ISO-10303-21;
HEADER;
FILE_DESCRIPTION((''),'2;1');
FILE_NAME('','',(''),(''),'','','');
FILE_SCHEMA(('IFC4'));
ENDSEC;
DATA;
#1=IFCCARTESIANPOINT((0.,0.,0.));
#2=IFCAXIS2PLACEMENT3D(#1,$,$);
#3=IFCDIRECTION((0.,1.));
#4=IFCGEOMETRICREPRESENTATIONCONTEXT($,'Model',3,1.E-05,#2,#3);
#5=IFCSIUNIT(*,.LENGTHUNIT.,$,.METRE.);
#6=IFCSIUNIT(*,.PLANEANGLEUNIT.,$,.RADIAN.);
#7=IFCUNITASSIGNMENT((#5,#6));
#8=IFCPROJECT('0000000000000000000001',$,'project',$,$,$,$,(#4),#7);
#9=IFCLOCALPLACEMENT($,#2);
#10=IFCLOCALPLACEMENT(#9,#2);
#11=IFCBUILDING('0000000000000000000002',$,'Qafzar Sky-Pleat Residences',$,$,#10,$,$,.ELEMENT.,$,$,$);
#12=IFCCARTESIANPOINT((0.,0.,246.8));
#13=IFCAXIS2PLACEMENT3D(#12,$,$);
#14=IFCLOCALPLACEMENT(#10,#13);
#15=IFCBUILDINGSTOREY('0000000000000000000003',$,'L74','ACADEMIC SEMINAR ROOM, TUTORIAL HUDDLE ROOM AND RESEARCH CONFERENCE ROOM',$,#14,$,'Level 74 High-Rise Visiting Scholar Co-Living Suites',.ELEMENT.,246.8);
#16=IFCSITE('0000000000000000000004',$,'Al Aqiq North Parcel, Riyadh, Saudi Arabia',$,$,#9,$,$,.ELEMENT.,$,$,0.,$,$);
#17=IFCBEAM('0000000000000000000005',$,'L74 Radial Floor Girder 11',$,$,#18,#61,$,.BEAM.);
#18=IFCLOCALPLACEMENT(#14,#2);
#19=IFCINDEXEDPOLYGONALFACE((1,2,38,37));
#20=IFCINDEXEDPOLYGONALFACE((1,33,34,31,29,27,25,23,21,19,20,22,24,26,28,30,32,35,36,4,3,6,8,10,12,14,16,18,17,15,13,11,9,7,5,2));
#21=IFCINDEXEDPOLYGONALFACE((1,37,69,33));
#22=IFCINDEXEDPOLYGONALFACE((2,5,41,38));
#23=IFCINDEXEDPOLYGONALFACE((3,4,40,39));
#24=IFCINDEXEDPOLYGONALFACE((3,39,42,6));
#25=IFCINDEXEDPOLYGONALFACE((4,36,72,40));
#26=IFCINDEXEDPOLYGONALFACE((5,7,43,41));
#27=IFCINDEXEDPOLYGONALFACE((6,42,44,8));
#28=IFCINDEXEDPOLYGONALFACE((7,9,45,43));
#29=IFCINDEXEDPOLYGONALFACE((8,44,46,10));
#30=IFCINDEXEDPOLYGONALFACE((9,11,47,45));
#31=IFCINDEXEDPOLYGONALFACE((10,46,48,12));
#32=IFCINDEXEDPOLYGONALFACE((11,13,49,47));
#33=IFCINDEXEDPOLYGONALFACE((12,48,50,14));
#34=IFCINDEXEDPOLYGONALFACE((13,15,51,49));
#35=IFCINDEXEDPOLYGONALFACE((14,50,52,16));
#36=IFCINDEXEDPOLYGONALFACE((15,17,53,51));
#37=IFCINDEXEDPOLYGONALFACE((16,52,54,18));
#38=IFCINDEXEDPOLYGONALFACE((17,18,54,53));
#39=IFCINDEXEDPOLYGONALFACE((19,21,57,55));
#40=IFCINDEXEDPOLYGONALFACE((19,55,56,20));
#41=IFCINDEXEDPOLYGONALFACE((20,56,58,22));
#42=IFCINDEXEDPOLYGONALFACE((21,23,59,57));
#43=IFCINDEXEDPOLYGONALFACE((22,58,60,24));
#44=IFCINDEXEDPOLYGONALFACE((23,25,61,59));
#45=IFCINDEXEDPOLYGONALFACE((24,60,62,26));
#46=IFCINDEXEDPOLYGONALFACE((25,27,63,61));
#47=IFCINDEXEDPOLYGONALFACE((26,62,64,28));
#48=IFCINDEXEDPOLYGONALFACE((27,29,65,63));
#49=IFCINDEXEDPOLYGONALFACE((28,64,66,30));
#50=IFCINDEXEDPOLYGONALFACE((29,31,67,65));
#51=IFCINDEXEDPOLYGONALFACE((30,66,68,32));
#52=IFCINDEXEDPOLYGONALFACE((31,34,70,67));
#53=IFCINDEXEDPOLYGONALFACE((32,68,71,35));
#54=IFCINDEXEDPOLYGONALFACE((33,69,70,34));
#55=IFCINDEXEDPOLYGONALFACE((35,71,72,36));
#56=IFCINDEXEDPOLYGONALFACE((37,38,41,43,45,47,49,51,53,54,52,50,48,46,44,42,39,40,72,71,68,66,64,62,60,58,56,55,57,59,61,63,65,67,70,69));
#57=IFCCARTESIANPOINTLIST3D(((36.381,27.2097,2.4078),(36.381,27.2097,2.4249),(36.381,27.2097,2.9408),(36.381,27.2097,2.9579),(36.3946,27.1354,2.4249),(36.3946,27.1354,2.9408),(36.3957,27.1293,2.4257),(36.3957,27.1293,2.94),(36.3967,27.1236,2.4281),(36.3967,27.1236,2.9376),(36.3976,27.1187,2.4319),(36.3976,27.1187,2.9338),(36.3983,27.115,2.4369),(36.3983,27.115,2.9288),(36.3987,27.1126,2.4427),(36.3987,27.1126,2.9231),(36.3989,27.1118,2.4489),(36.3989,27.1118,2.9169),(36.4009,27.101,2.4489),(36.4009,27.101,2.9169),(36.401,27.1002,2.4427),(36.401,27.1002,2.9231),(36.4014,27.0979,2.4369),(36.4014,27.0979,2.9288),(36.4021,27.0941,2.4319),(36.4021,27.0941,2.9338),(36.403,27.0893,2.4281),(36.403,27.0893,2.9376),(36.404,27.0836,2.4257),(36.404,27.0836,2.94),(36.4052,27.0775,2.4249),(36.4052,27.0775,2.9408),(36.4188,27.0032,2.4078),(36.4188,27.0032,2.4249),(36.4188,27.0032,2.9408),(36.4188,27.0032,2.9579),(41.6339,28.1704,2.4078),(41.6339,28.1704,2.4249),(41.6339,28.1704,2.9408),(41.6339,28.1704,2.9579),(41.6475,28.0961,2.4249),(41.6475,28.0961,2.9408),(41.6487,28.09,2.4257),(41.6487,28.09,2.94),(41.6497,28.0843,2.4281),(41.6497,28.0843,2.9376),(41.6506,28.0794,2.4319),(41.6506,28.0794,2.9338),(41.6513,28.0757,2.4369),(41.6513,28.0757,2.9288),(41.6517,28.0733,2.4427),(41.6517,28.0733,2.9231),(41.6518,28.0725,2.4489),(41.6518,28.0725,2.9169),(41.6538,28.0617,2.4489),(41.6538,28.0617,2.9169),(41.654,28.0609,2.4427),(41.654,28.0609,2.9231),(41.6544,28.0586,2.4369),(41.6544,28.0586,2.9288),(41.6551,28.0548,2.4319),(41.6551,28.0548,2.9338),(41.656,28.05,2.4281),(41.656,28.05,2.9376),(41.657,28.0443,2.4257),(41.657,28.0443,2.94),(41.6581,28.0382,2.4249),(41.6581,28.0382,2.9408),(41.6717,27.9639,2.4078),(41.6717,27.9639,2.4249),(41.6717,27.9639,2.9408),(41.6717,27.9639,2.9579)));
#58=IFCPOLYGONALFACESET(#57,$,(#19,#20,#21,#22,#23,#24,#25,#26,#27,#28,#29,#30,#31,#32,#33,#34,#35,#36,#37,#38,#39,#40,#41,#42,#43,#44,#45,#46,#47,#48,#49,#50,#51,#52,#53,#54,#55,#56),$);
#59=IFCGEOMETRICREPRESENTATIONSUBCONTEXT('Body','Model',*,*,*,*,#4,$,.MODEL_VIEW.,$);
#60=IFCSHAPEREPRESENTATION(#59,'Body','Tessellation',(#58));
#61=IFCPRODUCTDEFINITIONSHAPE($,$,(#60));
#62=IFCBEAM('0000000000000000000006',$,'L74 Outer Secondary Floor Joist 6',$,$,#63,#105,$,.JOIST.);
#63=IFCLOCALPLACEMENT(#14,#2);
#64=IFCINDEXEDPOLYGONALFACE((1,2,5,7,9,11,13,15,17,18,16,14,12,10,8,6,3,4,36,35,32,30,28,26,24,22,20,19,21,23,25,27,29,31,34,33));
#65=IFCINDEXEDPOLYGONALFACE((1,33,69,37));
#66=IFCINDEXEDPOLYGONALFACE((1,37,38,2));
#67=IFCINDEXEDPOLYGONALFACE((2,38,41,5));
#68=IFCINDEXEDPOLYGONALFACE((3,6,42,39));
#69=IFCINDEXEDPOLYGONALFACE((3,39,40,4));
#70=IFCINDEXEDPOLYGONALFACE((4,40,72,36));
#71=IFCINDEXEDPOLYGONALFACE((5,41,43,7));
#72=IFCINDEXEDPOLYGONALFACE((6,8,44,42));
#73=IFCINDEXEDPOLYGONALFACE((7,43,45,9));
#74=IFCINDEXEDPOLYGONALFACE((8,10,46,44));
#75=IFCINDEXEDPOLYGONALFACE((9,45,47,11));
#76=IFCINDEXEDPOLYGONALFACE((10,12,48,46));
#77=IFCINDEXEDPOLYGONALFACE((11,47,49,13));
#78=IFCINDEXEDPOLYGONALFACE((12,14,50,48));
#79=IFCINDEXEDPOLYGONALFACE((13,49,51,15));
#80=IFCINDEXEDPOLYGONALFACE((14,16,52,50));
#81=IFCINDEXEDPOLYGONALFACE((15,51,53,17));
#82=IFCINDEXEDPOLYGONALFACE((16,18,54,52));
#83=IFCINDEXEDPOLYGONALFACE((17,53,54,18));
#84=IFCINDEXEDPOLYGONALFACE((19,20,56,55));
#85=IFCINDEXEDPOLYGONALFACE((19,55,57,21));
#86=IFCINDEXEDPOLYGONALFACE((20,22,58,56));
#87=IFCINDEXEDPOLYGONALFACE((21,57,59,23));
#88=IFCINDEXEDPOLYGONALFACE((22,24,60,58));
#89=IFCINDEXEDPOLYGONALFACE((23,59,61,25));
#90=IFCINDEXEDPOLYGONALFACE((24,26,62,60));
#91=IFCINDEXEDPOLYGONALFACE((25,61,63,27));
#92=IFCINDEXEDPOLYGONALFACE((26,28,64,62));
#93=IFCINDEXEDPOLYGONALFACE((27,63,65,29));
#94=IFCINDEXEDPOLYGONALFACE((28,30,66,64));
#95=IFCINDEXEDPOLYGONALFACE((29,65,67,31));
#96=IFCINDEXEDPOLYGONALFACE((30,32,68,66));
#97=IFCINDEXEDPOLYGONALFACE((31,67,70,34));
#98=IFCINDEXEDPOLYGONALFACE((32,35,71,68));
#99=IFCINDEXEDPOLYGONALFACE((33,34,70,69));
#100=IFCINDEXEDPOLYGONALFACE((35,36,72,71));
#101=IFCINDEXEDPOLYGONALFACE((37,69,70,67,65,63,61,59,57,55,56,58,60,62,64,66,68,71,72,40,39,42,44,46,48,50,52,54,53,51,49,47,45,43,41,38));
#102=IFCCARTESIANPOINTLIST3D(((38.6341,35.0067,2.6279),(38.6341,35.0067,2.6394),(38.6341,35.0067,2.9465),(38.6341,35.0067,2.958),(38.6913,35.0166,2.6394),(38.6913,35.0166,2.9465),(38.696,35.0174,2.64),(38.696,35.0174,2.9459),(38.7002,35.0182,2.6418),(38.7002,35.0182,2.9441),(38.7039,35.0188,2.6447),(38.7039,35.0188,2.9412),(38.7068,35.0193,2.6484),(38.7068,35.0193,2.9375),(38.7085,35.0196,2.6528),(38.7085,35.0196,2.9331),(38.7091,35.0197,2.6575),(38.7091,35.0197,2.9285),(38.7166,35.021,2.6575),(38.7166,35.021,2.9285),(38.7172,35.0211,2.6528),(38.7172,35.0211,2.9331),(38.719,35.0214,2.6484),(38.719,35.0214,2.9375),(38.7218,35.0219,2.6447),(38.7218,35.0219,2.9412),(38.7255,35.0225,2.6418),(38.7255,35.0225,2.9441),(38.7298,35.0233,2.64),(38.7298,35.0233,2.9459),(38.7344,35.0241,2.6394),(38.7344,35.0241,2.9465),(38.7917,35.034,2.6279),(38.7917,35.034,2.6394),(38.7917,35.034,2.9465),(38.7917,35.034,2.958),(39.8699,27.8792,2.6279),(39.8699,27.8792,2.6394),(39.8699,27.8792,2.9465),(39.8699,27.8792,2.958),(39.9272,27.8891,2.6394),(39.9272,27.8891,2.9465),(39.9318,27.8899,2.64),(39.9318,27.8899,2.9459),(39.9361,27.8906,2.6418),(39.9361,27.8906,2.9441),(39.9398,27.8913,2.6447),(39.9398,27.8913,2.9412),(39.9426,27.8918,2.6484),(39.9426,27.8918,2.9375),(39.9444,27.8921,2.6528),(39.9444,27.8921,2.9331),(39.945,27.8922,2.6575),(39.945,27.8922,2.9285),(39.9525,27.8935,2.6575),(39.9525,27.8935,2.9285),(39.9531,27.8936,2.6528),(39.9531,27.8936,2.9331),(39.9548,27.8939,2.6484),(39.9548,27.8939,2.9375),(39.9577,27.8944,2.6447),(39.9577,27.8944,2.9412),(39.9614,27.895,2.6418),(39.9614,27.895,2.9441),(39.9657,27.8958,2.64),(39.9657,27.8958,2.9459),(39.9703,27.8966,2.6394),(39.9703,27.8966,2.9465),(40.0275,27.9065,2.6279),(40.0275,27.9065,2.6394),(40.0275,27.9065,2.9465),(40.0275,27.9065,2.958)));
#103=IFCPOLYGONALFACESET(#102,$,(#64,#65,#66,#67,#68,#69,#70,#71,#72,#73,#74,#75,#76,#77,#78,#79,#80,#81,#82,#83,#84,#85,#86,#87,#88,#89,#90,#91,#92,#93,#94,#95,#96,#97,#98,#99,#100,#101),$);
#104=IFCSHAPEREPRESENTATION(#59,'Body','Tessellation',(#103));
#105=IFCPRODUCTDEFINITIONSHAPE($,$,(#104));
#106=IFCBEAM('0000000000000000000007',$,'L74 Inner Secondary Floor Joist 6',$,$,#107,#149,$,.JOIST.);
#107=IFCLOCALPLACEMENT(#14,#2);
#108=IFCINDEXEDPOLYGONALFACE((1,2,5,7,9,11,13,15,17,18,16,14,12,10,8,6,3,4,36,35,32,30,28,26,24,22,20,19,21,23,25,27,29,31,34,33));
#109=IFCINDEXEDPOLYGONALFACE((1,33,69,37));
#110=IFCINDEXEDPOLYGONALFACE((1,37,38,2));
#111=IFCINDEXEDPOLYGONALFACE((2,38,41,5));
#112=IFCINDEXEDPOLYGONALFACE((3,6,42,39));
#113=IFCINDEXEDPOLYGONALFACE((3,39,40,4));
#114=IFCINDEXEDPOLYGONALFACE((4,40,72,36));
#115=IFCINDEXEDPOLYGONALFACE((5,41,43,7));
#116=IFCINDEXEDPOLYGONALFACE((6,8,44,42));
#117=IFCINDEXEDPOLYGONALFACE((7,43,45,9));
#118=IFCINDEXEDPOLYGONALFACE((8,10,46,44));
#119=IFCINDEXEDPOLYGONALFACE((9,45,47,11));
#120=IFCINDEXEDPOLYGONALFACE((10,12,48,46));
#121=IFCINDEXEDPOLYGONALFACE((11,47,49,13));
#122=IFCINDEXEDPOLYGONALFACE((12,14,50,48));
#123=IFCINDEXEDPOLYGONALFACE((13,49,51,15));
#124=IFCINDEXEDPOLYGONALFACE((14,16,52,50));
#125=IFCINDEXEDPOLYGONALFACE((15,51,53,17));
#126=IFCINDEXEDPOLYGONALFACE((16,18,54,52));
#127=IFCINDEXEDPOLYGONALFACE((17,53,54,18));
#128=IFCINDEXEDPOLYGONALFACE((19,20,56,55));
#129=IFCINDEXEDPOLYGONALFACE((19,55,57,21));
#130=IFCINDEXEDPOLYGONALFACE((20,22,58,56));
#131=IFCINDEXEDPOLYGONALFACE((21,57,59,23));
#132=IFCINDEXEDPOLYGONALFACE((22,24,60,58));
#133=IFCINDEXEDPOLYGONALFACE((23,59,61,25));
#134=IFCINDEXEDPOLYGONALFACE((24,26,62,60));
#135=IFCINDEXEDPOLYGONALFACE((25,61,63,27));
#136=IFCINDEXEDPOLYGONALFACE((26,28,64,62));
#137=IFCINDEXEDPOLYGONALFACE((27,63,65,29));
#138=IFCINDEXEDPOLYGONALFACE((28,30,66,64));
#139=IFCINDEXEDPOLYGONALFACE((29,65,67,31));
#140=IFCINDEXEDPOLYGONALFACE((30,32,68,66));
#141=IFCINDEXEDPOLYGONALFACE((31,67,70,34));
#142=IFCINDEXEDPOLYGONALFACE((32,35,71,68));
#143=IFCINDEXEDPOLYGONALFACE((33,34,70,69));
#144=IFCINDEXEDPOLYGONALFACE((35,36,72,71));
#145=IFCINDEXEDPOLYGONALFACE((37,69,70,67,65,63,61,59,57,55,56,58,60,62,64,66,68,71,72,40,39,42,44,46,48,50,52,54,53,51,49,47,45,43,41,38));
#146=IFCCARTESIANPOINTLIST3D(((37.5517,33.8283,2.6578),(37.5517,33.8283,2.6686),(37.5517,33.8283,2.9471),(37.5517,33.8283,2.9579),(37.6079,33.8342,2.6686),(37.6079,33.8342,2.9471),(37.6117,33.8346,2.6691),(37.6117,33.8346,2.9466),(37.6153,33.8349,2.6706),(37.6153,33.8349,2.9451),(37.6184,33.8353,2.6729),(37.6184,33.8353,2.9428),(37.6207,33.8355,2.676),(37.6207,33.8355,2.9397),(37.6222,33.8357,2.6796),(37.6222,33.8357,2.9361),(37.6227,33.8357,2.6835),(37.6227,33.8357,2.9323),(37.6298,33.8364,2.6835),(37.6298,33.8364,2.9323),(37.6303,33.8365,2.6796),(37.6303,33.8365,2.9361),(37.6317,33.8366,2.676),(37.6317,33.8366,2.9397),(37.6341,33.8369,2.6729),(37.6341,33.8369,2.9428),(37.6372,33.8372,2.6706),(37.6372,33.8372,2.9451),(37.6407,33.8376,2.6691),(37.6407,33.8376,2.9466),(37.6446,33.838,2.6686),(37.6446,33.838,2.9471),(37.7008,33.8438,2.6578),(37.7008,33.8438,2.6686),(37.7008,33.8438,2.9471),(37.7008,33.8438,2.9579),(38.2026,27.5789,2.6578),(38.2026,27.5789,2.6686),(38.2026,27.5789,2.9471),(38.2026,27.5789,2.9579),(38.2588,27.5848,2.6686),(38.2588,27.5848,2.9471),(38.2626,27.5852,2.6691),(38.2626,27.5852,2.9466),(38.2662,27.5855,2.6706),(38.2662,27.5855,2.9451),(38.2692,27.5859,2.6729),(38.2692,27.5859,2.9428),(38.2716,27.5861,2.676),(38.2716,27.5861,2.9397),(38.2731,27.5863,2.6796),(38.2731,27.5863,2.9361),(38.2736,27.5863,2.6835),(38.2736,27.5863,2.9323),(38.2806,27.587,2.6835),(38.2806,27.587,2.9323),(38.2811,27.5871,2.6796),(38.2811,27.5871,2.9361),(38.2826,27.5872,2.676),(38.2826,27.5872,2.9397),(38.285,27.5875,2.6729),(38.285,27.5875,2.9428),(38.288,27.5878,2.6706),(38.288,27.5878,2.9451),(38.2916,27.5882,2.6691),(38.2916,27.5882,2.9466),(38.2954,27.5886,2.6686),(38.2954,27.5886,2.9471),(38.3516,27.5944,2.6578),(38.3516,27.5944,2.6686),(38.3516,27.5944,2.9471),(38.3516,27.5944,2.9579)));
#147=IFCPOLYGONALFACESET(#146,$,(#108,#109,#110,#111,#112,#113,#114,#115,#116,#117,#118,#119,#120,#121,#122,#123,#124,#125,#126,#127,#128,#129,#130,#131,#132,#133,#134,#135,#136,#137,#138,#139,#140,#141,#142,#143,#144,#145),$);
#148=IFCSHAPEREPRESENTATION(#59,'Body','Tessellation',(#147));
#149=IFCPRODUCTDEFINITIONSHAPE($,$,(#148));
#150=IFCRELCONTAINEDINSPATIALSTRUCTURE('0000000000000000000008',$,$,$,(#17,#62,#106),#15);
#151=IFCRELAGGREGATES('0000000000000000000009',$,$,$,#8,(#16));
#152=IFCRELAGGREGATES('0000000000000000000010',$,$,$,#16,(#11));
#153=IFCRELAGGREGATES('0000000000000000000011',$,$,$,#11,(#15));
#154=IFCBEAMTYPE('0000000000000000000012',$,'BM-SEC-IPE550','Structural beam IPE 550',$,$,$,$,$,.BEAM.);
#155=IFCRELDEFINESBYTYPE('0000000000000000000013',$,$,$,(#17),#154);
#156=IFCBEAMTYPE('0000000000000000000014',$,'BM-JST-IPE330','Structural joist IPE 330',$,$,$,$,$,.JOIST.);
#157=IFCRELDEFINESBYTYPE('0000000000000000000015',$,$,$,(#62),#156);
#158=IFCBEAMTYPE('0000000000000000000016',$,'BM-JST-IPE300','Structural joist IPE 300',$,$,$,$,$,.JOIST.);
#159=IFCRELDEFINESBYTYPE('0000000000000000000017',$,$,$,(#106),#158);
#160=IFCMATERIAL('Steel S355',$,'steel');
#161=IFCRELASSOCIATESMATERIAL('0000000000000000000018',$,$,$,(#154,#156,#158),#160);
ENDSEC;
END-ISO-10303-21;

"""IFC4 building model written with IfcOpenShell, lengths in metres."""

from ifc_helpers import new_model, si_unit, direction, frame, origin, origin_2d, place, context, subcontext, project, spatial, i_section, extrude, source, transform, mapped, material, material_profile, profile_set, type_object, element, save


model = new_model("IFC4")

# Units and contexts
model_context = context("Model", 3, precision=1e-05, world=origin(), true_north=direction((0.0, 1.0)))
body_context = subcontext(model_context, "Body", "Model", "MODEL_VIEW")
ifc_project = project(units=[si_unit("LENGTHUNIT", "METRE"), si_unit("PLANEANGLEUNIT", "RADIAN")], contexts=[model_context])

# Site, building, storey
site_placement = place(None, origin())
site = spatial("IfcSite", under=ifc_project, at=site_placement, Name="Al Aqiq North Parcel, Riyadh, Saudi Arabia", CompositionType="ELEMENT", RefElevation=0.0)
building_placement = place(site_placement, origin())
building = spatial("IfcBuilding", under=site, at=building_placement, Name="Qafzar Sky-Pleat Residences", CompositionType="ELEMENT")
storey_placement = place(building_placement, frame((0.0, 0.0, 246.8)))
storey = spatial("IfcBuildingStorey", under=building, at=storey_placement, Name="L74", Description="ACADEMIC SEMINAR ROOM, TUTORIAL HUDDLE ROOM AND RESEARCH CONFERENCE ROOM", LongName="Level 74 High-Rise Visiting Scholar Co-Living Suites", CompositionType="ELEMENT", Elevation=246.8)

# Shared definitions
ifc_material_1 = material(Name="Steel S355", Category="steel")

# Beams
ifc_material_profile_1 = material_profile(ifc_material_1, i_section(OverallWidth=0.21, OverallDepth=0.55, WebThickness=0.011, FlangeThickness=0.0171, FilletRadius=0.0239, at=origin_2d()), Name="IPE 550")
ifc_profile_set_1 = profile_set([ifc_material_profile_1], Name="Steel S355")
beam_type_1 = type_object("IfcBeamType", Name="BM-SEC-IPE550", Description="Structural beam IPE 550", PredefinedType="BEAM", material=ifc_profile_set_1)
shared_shape_1 = source(origin(), body_context, "Body", "SweptSolid", [
    extrude(i_section(OverallWidth=0.21, OverallDepth=0.55, WebThickness=0.011, FlangeThickness=0.0171, FilletRadius=0.0239, at=origin_2d()), origin(), (0.0, 0.0, 1.0), 5.3401),
])
beam_1_placement = place(storey_placement, frame((41.6528, 28.0671, 2.6829), z_axis=(-0.983684, -0.179903, 0.0), x_axis=(0.179903, -0.983684, 0.0)))
element("IfcBeam", 1, at=beam_1_placement, inside=storey, type_object=beam_type_1, Name="L74 Radial Floor Girder 11", PredefinedType="BEAM", context=body_context, shape_type="MappedRepresentation", body=[
    mapped(shared_shape_1, transform((0.0, 0.0, 0.0), x_axis=(1.0, 0.0, 0.0), y_axis=(0.0, 1.0, 0.0), z_axis=(0.0, 0.0, 1.0), scale=1.0)),
])
ifc_material_profile_2 = material_profile(ifc_material_1, i_section(OverallWidth=0.1599, OverallDepth=0.3301, WebThickness=0.0076, FlangeThickness=0.0115, FilletRadius=0.0181, at=origin_2d()), Name="IPE 330")
ifc_profile_set_2 = profile_set([ifc_material_profile_2], Name="Steel S355")
beam_type_2 = type_object("IfcBeamType", Name="BM-JST-IPE330", Description="Structural joist IPE 330", PredefinedType="JOIST", material=ifc_profile_set_2)
shared_shape_2 = source(origin(), body_context, "Body", "SweptSolid", [
    extrude(i_section(OverallWidth=0.1599, OverallDepth=0.3301, WebThickness=0.0076, FlangeThickness=0.0115, FilletRadius=0.0181, at=origin_2d()), origin(), (0.0, 0.0, 1.0), 7.2339),
])
beam_2_placement = place(storey_placement, frame((39.9487, 27.8928, 2.793), z_axis=(-0.170843, 0.985298, 0.0), x_axis=(-0.985298, -0.170843, 0.0)))
element("IfcBeam", 2, at=beam_2_placement, inside=storey, type_object=beam_type_2, Name="L74 Outer Secondary Floor Joist 6", PredefinedType="JOIST", context=body_context, shape_type="MappedRepresentation", body=[
    mapped(shared_shape_2, transform((0.0, 0.0, 0.0), x_axis=(1.0, 0.0, 0.0), y_axis=(0.0, 1.0, 0.0), z_axis=(0.0, 0.0, 1.0), scale=1.0)),
])
ifc_material_profile_3 = material_profile(ifc_material_1, i_section(OverallWidth=0.1499, OverallDepth=0.3, WebThickness=0.0071, FlangeThickness=0.0107, FilletRadius=0.0149, at=origin_2d()), Name="IPE 300")
ifc_profile_set_3 = profile_set([ifc_material_profile_3], Name="Steel S355")
beam_type_3 = type_object("IfcBeamType", Name="BM-JST-IPE300", Description="Structural joist IPE 300", PredefinedType="JOIST", material=ifc_profile_set_3)
shared_shape_3 = source(origin(), body_context, "Body", "SweptSolid", [
    extrude(i_section(OverallWidth=0.1499, OverallDepth=0.3, WebThickness=0.0071, FlangeThickness=0.0107, FilletRadius=0.0149, at=origin_2d()), origin(), (0.0, 0.0, 1.0), 6.2832),
])
beam_3_placement = place(storey_placement, frame((38.2771, 27.5867, 2.8079), z_axis=(-0.103588, 0.99462, 0.0), x_axis=(-0.99462, -0.103588, 0.0)))
element("IfcBeam", 3, at=beam_3_placement, inside=storey, type_object=beam_type_3, Name="L74 Inner Secondary Floor Joist 6", PredefinedType="JOIST", context=body_context, shape_type="MappedRepresentation", body=[
    mapped(shared_shape_3, transform((0.0, 0.0, 0.0), x_axis=(1.0, 0.0, 0.0), y_axis=(0.0, 1.0, 0.0), z_axis=(0.0, 0.0, 1.0), scale=1.0)),
])

save(model, "model.ifc")
